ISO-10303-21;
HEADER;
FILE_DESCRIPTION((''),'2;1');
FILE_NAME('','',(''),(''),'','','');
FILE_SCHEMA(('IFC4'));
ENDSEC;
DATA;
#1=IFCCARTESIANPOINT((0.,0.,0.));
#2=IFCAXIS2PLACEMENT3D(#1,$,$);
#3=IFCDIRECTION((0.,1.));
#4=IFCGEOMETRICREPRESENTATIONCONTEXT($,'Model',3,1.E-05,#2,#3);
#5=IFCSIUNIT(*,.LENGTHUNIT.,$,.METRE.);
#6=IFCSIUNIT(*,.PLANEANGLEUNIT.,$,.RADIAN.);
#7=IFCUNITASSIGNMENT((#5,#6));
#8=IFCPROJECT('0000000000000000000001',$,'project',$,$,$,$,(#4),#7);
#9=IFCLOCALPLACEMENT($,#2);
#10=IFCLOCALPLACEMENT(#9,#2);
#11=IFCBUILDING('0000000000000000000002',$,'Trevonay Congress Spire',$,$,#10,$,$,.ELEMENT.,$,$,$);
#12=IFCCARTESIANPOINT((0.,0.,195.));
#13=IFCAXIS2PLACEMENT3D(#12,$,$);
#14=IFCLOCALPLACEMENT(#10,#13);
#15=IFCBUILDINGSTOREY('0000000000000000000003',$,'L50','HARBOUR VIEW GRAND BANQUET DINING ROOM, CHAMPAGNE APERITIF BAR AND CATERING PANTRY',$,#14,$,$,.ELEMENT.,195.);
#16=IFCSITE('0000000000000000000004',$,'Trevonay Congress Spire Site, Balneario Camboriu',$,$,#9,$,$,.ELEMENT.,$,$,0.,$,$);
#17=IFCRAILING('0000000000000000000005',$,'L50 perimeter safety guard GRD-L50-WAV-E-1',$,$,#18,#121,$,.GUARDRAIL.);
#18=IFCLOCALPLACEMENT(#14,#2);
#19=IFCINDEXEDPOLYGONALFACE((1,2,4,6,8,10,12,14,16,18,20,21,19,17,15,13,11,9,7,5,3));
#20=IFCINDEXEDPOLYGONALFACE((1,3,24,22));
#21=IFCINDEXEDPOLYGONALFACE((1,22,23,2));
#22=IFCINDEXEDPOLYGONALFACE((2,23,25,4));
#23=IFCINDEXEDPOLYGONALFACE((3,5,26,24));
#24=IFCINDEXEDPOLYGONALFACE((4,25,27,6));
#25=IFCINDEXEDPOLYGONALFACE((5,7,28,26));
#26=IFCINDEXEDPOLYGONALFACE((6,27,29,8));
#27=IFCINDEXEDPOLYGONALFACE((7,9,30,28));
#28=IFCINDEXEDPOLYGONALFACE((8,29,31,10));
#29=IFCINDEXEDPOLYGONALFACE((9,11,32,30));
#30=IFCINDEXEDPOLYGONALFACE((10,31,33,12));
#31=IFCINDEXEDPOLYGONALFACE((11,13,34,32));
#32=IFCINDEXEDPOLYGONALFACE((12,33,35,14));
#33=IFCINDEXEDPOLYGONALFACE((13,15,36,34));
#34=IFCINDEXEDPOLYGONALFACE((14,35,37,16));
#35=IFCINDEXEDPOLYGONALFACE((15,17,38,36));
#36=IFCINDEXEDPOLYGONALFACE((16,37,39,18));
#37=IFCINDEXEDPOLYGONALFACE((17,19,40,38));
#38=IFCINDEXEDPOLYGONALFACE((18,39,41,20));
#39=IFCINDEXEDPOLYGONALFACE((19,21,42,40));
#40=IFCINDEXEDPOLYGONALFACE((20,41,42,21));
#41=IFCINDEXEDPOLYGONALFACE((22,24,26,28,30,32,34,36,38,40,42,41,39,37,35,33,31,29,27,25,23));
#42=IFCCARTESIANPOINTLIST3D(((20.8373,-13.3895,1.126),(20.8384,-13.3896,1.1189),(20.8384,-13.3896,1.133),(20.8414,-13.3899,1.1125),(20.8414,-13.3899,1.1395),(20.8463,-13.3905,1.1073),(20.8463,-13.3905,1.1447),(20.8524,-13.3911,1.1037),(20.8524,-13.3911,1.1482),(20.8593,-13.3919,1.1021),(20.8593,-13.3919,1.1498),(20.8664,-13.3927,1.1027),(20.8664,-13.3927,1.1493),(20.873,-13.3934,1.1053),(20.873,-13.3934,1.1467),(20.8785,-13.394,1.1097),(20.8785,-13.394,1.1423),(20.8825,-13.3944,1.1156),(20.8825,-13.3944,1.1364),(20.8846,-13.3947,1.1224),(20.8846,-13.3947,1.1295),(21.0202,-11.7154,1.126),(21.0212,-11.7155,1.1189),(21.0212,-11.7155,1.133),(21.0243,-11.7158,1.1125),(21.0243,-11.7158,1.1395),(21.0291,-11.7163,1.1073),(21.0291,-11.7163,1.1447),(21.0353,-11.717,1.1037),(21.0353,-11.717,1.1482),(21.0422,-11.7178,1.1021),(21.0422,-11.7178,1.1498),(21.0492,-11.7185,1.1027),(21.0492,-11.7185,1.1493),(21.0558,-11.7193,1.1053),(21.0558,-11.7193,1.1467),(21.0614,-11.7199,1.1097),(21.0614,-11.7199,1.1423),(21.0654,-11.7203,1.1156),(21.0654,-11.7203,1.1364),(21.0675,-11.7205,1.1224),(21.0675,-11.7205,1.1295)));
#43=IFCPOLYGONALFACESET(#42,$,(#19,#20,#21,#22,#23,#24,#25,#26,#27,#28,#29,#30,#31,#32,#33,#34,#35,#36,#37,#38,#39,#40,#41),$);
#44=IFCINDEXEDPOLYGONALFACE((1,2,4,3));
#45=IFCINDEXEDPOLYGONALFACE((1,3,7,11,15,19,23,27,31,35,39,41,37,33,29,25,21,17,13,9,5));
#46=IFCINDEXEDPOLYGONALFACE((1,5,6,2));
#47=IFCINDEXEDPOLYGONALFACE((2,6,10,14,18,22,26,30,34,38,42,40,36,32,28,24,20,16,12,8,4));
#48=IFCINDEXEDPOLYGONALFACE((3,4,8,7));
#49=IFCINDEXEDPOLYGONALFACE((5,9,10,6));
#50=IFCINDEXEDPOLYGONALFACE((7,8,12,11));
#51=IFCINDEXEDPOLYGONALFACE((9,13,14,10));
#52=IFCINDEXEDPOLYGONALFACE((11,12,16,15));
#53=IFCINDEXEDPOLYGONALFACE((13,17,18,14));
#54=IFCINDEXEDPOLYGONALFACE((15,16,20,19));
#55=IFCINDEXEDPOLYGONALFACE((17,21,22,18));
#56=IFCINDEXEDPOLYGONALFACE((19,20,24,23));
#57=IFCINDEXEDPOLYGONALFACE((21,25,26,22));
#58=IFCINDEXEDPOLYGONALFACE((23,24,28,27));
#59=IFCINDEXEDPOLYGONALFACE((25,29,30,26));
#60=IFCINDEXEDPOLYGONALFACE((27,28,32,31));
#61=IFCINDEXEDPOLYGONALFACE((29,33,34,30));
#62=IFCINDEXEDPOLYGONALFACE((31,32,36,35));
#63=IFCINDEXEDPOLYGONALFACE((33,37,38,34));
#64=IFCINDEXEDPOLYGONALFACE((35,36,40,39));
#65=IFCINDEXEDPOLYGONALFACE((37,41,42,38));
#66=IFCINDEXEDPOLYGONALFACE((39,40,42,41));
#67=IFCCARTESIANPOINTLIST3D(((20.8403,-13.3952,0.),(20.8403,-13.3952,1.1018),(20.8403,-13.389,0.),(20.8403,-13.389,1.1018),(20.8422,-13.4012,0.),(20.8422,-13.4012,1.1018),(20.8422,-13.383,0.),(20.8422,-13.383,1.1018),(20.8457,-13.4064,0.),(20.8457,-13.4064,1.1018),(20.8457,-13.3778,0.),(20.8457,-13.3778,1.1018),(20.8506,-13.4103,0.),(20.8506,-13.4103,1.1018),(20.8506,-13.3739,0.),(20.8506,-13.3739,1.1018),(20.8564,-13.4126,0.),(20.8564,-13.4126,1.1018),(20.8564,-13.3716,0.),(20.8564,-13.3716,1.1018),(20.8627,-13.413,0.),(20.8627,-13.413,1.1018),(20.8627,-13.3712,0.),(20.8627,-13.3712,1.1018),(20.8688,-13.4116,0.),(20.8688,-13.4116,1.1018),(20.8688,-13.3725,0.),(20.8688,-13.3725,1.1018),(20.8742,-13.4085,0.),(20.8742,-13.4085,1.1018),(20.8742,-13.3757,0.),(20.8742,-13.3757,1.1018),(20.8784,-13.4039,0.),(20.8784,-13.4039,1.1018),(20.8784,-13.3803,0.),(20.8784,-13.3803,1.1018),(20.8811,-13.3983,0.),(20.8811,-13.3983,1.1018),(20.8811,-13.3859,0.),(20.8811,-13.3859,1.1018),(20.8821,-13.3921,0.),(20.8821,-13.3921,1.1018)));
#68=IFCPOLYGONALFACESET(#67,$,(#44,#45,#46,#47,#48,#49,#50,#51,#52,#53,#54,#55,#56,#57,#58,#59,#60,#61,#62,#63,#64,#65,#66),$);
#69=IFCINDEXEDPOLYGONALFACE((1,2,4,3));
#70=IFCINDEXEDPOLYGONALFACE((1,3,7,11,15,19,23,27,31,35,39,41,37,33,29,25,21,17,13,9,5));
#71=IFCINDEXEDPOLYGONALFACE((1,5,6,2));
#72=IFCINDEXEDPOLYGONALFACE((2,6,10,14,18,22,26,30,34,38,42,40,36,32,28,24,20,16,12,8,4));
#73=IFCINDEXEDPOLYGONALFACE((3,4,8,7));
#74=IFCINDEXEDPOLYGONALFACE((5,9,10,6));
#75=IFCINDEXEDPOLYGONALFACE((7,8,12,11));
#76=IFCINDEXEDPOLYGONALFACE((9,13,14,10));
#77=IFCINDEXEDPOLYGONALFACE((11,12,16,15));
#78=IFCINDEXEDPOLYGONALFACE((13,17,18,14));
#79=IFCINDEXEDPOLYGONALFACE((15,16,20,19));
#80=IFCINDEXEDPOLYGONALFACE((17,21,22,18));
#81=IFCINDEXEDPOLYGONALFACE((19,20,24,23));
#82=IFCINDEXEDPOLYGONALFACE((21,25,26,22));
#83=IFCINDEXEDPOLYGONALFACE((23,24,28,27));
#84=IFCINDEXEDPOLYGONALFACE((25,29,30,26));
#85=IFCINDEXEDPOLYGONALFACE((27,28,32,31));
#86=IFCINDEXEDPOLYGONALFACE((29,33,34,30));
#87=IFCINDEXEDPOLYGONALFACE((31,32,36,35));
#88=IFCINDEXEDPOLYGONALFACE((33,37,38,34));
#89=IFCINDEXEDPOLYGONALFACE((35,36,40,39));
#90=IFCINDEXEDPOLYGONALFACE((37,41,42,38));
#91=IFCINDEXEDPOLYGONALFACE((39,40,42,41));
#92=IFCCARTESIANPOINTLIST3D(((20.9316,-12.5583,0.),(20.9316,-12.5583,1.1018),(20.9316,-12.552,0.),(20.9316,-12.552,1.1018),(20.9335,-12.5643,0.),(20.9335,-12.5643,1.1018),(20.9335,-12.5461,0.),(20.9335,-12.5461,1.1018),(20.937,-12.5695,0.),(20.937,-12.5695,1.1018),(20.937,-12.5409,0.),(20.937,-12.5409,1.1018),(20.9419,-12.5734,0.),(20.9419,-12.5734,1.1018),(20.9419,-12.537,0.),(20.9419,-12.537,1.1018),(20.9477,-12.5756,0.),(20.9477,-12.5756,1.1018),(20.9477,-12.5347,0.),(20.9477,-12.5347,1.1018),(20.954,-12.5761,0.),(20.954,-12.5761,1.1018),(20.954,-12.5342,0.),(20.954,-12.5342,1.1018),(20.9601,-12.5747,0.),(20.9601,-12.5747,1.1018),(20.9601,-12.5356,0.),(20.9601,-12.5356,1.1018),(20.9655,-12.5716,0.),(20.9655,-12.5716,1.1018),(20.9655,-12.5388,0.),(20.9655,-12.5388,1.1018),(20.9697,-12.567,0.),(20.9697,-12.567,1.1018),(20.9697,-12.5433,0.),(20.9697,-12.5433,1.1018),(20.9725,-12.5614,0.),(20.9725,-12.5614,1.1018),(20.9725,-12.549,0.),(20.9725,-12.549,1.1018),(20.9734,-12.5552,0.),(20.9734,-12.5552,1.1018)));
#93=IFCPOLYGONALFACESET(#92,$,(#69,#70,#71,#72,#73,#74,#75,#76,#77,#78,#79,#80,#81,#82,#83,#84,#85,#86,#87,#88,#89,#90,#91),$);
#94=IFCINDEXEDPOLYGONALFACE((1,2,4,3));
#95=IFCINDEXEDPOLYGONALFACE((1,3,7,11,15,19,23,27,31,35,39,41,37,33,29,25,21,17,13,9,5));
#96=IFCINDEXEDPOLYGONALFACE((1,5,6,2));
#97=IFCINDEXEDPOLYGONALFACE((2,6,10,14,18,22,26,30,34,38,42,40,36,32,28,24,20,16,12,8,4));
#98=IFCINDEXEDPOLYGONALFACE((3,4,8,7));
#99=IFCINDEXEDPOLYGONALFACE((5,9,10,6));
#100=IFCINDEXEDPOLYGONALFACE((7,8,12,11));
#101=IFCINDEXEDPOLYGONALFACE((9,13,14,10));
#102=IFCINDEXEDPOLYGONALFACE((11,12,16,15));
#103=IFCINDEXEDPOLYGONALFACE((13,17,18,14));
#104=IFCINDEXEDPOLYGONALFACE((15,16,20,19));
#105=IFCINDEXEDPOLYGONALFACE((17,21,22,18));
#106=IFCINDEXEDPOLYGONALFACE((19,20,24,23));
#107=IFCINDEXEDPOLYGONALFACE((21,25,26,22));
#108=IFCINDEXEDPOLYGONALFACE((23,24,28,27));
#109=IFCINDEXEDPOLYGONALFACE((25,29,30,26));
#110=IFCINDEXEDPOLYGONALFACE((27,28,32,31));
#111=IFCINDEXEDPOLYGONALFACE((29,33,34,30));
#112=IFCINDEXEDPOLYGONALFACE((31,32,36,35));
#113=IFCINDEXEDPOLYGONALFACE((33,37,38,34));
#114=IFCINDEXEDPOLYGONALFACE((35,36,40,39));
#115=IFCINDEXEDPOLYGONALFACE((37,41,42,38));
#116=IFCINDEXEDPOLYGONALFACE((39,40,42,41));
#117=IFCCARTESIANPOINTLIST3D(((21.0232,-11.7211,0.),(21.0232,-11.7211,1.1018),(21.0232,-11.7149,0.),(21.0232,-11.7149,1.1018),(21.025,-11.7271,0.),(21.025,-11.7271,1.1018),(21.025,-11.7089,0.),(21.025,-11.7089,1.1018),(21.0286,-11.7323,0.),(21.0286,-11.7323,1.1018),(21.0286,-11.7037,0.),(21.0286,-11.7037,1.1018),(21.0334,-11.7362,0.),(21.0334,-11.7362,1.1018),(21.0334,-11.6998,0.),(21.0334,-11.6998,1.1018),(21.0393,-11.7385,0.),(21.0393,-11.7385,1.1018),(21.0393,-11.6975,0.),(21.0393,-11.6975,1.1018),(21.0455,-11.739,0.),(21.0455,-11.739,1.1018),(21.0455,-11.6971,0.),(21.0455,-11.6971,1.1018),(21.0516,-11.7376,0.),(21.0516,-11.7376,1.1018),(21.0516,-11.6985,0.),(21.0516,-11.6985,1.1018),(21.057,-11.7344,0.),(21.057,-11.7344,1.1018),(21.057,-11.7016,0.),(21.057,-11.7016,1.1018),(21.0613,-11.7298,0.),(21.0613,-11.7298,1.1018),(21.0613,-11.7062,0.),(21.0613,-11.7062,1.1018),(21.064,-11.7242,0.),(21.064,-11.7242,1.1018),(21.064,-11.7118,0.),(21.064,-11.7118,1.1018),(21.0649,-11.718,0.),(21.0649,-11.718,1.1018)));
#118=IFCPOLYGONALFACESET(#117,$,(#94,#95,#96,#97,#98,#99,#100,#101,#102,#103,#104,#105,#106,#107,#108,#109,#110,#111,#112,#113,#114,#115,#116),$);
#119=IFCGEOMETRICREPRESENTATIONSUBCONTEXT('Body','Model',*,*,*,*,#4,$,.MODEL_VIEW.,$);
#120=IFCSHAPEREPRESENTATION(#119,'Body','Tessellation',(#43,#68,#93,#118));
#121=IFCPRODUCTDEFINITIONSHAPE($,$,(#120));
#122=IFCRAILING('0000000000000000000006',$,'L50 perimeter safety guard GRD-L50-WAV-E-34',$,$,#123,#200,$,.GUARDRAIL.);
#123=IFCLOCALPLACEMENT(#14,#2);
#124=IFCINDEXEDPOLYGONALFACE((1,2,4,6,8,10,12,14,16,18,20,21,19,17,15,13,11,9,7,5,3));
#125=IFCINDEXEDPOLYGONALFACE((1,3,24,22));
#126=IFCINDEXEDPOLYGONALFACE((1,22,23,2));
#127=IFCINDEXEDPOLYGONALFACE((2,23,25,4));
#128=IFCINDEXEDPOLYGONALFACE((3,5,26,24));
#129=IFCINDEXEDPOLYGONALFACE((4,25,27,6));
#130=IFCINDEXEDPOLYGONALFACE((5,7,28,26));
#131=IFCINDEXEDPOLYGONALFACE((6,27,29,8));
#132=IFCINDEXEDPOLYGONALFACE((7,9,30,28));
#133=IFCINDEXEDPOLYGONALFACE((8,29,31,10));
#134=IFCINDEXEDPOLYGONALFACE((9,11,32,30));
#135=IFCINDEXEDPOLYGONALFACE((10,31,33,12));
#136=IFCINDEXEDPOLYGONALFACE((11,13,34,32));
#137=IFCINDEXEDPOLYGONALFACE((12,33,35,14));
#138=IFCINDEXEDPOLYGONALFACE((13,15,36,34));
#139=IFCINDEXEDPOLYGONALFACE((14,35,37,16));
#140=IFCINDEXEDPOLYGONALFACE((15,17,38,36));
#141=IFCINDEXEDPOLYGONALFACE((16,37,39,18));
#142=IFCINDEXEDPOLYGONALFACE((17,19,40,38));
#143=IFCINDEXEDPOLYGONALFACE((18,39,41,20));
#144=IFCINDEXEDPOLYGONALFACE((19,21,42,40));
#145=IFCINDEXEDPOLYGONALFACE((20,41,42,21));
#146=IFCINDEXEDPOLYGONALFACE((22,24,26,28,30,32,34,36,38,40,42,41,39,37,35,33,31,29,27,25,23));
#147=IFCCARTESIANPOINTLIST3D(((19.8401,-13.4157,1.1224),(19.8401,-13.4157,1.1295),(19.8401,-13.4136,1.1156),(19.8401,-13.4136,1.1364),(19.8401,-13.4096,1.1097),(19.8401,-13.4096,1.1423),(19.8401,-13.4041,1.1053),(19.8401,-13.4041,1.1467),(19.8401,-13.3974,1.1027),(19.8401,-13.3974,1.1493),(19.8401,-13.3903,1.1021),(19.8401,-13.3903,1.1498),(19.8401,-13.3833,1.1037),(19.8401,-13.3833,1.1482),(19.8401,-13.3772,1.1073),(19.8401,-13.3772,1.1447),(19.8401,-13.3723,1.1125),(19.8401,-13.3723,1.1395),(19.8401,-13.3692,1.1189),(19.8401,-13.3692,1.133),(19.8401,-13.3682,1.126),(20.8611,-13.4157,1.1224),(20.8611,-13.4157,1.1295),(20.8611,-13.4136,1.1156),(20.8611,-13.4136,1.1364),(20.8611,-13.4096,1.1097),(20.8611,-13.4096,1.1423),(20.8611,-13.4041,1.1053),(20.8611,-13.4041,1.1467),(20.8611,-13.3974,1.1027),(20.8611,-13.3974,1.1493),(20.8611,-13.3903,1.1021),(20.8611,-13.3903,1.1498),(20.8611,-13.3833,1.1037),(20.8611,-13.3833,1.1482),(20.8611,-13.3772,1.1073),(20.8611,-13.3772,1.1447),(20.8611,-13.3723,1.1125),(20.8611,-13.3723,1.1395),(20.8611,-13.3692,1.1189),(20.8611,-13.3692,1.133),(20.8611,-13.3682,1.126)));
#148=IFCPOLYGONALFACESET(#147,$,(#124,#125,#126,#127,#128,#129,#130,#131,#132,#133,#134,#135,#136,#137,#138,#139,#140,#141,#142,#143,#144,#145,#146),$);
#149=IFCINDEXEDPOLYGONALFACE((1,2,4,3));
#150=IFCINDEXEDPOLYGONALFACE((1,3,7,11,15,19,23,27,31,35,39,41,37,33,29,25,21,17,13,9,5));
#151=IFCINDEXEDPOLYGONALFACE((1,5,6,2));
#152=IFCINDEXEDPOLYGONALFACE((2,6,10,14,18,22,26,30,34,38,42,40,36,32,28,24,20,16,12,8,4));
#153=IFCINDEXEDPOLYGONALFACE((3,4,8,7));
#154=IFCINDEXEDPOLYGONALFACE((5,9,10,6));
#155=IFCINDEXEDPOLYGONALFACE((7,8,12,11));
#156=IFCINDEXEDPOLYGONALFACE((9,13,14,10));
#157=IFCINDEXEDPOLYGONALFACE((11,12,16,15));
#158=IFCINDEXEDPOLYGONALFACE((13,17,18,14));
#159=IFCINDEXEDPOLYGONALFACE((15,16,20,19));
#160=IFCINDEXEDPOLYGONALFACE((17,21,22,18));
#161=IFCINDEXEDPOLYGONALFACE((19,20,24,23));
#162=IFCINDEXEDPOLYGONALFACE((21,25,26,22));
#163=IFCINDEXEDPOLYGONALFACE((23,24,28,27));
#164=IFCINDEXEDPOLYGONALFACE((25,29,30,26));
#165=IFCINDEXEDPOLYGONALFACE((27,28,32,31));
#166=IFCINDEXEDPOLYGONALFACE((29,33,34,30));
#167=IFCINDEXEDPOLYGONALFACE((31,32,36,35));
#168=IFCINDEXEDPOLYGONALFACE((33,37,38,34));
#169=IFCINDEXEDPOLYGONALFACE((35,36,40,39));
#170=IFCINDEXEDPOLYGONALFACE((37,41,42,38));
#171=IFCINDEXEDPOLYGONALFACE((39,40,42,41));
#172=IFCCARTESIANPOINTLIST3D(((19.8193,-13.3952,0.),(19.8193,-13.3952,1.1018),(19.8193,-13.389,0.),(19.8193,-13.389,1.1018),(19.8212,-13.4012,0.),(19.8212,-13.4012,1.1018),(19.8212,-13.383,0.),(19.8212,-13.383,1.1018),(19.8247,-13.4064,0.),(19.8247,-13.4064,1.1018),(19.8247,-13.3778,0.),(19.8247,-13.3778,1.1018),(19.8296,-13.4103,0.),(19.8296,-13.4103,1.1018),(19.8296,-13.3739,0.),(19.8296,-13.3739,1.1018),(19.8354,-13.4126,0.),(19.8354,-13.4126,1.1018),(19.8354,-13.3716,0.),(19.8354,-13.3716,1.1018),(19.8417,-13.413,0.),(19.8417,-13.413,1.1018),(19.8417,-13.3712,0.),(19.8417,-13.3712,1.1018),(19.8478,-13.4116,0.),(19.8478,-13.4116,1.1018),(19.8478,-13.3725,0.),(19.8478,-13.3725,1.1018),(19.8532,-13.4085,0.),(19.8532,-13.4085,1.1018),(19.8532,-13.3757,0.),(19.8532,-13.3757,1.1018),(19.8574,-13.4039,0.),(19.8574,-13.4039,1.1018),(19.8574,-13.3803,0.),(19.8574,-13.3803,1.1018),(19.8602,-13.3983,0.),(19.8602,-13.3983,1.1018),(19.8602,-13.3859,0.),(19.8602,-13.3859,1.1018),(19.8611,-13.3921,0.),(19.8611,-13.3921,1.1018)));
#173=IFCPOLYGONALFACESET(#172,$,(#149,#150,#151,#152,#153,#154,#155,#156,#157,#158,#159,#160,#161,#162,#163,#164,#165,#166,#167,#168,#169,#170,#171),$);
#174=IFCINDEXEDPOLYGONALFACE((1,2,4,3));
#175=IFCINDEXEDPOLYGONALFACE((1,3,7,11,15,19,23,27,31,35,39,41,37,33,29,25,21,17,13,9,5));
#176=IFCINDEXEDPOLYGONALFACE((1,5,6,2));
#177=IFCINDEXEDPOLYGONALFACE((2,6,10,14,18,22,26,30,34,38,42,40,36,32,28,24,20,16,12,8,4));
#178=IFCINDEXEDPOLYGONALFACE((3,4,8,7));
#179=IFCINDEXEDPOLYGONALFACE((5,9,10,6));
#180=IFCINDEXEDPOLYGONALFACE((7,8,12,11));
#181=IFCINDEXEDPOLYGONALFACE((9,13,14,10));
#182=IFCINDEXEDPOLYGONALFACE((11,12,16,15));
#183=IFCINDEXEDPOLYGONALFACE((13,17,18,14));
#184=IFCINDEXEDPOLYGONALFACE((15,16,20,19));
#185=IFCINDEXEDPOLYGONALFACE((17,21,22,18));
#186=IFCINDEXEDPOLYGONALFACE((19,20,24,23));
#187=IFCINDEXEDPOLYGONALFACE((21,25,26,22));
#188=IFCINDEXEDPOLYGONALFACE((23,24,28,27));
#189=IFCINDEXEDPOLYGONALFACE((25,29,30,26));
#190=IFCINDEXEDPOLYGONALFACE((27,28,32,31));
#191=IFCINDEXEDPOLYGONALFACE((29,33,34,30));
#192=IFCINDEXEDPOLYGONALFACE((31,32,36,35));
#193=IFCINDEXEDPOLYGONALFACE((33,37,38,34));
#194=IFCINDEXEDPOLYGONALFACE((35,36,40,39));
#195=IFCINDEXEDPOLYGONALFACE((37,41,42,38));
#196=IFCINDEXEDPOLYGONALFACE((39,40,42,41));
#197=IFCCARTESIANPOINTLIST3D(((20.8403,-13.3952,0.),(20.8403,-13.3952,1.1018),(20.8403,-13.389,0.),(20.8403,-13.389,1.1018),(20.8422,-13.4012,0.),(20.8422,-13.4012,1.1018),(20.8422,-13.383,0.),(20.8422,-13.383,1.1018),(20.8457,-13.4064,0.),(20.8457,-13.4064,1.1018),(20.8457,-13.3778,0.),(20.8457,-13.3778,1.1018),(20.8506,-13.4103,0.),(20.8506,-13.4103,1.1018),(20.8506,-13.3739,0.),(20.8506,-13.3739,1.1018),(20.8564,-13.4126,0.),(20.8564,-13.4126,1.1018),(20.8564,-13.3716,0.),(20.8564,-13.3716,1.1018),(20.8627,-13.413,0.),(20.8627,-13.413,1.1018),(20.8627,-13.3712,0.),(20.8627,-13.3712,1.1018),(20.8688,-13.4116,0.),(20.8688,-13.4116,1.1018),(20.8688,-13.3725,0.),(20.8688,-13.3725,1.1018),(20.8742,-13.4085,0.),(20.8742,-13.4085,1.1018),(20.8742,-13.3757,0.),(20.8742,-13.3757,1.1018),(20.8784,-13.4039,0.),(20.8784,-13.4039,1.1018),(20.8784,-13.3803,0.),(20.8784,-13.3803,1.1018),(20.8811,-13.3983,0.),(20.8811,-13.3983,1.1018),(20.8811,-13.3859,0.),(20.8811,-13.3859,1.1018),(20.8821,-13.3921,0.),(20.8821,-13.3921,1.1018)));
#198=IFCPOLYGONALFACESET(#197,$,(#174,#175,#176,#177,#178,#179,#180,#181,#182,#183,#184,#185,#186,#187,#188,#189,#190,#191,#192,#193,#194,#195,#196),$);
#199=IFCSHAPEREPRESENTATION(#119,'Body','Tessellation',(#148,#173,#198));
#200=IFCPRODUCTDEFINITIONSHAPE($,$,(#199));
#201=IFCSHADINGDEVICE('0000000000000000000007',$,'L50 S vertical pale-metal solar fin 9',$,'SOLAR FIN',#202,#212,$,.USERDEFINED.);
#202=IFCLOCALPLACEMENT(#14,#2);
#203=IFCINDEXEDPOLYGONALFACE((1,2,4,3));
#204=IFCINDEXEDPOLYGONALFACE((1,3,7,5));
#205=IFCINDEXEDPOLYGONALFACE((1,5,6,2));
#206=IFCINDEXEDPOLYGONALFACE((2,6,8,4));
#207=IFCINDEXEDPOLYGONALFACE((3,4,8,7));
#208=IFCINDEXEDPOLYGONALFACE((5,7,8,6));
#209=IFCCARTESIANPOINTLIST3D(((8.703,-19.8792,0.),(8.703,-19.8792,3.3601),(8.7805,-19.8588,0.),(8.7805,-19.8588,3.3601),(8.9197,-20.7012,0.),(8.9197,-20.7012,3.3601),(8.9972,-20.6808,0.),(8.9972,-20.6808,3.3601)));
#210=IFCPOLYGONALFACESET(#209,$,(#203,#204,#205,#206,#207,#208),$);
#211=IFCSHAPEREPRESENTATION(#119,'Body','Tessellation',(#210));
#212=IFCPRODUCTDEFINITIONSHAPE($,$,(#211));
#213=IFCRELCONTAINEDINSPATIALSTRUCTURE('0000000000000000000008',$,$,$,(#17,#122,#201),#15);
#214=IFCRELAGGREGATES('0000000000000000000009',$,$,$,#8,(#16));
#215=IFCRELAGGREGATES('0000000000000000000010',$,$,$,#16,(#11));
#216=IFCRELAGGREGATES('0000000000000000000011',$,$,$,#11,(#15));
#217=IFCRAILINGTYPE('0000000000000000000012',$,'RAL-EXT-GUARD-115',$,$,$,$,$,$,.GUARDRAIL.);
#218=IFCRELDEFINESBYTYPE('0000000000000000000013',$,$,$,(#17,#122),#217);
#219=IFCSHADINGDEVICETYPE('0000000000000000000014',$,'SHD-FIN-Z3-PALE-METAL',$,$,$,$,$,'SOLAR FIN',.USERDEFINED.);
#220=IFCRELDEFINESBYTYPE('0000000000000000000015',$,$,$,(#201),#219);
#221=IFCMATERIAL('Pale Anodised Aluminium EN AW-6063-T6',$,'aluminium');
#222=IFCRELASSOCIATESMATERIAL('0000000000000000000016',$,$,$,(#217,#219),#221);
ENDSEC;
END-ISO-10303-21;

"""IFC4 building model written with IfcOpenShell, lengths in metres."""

from ifc_helpers import new_model, si_unit, direction, frame, origin, origin_2d, place, context, subcontext, project, spatial, rectangle, circle, extrude, material, type_object, element, save


model = new_model("IFC4")

# Units and contexts
model_context = context("Model", 3, precision=1e-05, world=origin(), true_north=direction((0.0, 1.0)))
body_context = subcontext(model_context, "Body", "Model", "MODEL_VIEW")
ifc_project = project(units=[si_unit("LENGTHUNIT", "METRE"), si_unit("PLANEANGLEUNIT", "RADIAN")], contexts=[model_context])

# Site, building, storey
site_placement = place(None, origin())
site = spatial("IfcSite", under=ifc_project, at=site_placement, Name="Trevonay Congress Spire Site, Balneario Camboriu", CompositionType="ELEMENT", RefElevation=0.0)
building_placement = place(site_placement, origin())
building = spatial("IfcBuilding", under=site, at=building_placement, Name="Trevonay Congress Spire", CompositionType="ELEMENT")
storey_placement = place(building_placement, frame((0.0, 0.0, 195.0)))
storey = spatial("IfcBuildingStorey", under=building, at=storey_placement, Name="L50", Description="HARBOUR VIEW GRAND BANQUET DINING ROOM, CHAMPAGNE APERITIF BAR AND CATERING PANTRY", CompositionType="ELEMENT", Elevation=195.0)

# Shared definitions
ifc_material_1 = material(Name="Pale Anodised Aluminium EN AW-6063-T6", Category="aluminium")

# Railings
railing_type = type_object("IfcRailingType", Name="RAL-EXT-GUARD-115", PredefinedType="GUARDRAIL", material=ifc_material_1)
railing_1_placement = place(storey_placement, frame((20.8611, -13.3921, 0.0)))
element("IfcRailing", 1, at=railing_1_placement, inside=storey, type_object=railing_type, Name="L50 perimeter safety guard GRD-L50-WAV-E-1", PredefinedType="GUARDRAIL", context=body_context, shape_type="SweptSolid", body=[
    extrude(circle(Radius=0.0239, at=origin_2d()), frame((0.0, 0.0, 1.126), z_axis=(0.108586, 0.994087, 0.0), x_axis=(-0.994087, 0.108586, 0.0)), (0.0, 0.0, 1.0), 1.6841),
    extrude(circle(Radius=0.021, at=origin_2d()), origin(), (0.0, 0.0, 1.0), 1.1018),
    extrude(circle(Radius=0.021, at=origin_2d()), frame((0.0913, 0.8369, 0.0)), (0.0, 0.0, 1.0), 1.1018),
    extrude(circle(Radius=0.021, at=origin_2d()), frame((0.1829, 1.6741, 0.0)), (0.0, 0.0, 1.0), 1.1018),
])
railing_2_placement = place(storey_placement, frame((19.8401, -13.3921, 0.0)))
element("IfcRailing", 2, at=railing_2_placement, inside=storey, type_object=railing_type, Name="L50 perimeter safety guard GRD-L50-WAV-E-34", PredefinedType="GUARDRAIL", context=body_context, shape_type="SweptSolid", body=[
    extrude(circle(Radius=0.0239, at=origin_2d()), frame((0.0, 0.0, 1.126), z_axis=(1.0, 0.0, 0.0), x_axis=(0.0, 1.0, 0.0)), (0.0, 0.0, 1.0), 1.021),
    extrude(circle(Radius=0.021, at=origin_2d()), origin(), (0.0, 0.0, 1.0), 1.1018),
    extrude(circle(Radius=0.021, at=origin_2d()), frame((1.021, 0.0, 0.0)), (0.0, 0.0, 1.0), 1.1018),
])

# Shading device
shading_device_type = type_object("IfcShadingDeviceType", Name="SHD-FIN-Z3-PALE-METAL", ElementType="SOLAR FIN", PredefinedType="USERDEFINED", material=ifc_material_1)
shading_device_placement = place(storey_placement, frame((8.8501, -20.28, 0.0), z_axis=(0.0, 0.0, 1.0), x_axis=(0.966957, 0.254939, 0.0)))
element("IfcShadingDevice", 3, at=shading_device_placement, inside=storey, type_object=shading_device_type, Name="L50 S vertical pale-metal solar fin 9", ObjectType="SOLAR FIN", PredefinedType="USERDEFINED", context=body_context, shape_type="SweptSolid", body=[
    extrude(rectangle(XDim=0.0801, YDim=0.8501, at=origin_2d()), origin(), (0.0, 0.0, 1.0), 3.3601),
])

save(model, "model.ifc")
